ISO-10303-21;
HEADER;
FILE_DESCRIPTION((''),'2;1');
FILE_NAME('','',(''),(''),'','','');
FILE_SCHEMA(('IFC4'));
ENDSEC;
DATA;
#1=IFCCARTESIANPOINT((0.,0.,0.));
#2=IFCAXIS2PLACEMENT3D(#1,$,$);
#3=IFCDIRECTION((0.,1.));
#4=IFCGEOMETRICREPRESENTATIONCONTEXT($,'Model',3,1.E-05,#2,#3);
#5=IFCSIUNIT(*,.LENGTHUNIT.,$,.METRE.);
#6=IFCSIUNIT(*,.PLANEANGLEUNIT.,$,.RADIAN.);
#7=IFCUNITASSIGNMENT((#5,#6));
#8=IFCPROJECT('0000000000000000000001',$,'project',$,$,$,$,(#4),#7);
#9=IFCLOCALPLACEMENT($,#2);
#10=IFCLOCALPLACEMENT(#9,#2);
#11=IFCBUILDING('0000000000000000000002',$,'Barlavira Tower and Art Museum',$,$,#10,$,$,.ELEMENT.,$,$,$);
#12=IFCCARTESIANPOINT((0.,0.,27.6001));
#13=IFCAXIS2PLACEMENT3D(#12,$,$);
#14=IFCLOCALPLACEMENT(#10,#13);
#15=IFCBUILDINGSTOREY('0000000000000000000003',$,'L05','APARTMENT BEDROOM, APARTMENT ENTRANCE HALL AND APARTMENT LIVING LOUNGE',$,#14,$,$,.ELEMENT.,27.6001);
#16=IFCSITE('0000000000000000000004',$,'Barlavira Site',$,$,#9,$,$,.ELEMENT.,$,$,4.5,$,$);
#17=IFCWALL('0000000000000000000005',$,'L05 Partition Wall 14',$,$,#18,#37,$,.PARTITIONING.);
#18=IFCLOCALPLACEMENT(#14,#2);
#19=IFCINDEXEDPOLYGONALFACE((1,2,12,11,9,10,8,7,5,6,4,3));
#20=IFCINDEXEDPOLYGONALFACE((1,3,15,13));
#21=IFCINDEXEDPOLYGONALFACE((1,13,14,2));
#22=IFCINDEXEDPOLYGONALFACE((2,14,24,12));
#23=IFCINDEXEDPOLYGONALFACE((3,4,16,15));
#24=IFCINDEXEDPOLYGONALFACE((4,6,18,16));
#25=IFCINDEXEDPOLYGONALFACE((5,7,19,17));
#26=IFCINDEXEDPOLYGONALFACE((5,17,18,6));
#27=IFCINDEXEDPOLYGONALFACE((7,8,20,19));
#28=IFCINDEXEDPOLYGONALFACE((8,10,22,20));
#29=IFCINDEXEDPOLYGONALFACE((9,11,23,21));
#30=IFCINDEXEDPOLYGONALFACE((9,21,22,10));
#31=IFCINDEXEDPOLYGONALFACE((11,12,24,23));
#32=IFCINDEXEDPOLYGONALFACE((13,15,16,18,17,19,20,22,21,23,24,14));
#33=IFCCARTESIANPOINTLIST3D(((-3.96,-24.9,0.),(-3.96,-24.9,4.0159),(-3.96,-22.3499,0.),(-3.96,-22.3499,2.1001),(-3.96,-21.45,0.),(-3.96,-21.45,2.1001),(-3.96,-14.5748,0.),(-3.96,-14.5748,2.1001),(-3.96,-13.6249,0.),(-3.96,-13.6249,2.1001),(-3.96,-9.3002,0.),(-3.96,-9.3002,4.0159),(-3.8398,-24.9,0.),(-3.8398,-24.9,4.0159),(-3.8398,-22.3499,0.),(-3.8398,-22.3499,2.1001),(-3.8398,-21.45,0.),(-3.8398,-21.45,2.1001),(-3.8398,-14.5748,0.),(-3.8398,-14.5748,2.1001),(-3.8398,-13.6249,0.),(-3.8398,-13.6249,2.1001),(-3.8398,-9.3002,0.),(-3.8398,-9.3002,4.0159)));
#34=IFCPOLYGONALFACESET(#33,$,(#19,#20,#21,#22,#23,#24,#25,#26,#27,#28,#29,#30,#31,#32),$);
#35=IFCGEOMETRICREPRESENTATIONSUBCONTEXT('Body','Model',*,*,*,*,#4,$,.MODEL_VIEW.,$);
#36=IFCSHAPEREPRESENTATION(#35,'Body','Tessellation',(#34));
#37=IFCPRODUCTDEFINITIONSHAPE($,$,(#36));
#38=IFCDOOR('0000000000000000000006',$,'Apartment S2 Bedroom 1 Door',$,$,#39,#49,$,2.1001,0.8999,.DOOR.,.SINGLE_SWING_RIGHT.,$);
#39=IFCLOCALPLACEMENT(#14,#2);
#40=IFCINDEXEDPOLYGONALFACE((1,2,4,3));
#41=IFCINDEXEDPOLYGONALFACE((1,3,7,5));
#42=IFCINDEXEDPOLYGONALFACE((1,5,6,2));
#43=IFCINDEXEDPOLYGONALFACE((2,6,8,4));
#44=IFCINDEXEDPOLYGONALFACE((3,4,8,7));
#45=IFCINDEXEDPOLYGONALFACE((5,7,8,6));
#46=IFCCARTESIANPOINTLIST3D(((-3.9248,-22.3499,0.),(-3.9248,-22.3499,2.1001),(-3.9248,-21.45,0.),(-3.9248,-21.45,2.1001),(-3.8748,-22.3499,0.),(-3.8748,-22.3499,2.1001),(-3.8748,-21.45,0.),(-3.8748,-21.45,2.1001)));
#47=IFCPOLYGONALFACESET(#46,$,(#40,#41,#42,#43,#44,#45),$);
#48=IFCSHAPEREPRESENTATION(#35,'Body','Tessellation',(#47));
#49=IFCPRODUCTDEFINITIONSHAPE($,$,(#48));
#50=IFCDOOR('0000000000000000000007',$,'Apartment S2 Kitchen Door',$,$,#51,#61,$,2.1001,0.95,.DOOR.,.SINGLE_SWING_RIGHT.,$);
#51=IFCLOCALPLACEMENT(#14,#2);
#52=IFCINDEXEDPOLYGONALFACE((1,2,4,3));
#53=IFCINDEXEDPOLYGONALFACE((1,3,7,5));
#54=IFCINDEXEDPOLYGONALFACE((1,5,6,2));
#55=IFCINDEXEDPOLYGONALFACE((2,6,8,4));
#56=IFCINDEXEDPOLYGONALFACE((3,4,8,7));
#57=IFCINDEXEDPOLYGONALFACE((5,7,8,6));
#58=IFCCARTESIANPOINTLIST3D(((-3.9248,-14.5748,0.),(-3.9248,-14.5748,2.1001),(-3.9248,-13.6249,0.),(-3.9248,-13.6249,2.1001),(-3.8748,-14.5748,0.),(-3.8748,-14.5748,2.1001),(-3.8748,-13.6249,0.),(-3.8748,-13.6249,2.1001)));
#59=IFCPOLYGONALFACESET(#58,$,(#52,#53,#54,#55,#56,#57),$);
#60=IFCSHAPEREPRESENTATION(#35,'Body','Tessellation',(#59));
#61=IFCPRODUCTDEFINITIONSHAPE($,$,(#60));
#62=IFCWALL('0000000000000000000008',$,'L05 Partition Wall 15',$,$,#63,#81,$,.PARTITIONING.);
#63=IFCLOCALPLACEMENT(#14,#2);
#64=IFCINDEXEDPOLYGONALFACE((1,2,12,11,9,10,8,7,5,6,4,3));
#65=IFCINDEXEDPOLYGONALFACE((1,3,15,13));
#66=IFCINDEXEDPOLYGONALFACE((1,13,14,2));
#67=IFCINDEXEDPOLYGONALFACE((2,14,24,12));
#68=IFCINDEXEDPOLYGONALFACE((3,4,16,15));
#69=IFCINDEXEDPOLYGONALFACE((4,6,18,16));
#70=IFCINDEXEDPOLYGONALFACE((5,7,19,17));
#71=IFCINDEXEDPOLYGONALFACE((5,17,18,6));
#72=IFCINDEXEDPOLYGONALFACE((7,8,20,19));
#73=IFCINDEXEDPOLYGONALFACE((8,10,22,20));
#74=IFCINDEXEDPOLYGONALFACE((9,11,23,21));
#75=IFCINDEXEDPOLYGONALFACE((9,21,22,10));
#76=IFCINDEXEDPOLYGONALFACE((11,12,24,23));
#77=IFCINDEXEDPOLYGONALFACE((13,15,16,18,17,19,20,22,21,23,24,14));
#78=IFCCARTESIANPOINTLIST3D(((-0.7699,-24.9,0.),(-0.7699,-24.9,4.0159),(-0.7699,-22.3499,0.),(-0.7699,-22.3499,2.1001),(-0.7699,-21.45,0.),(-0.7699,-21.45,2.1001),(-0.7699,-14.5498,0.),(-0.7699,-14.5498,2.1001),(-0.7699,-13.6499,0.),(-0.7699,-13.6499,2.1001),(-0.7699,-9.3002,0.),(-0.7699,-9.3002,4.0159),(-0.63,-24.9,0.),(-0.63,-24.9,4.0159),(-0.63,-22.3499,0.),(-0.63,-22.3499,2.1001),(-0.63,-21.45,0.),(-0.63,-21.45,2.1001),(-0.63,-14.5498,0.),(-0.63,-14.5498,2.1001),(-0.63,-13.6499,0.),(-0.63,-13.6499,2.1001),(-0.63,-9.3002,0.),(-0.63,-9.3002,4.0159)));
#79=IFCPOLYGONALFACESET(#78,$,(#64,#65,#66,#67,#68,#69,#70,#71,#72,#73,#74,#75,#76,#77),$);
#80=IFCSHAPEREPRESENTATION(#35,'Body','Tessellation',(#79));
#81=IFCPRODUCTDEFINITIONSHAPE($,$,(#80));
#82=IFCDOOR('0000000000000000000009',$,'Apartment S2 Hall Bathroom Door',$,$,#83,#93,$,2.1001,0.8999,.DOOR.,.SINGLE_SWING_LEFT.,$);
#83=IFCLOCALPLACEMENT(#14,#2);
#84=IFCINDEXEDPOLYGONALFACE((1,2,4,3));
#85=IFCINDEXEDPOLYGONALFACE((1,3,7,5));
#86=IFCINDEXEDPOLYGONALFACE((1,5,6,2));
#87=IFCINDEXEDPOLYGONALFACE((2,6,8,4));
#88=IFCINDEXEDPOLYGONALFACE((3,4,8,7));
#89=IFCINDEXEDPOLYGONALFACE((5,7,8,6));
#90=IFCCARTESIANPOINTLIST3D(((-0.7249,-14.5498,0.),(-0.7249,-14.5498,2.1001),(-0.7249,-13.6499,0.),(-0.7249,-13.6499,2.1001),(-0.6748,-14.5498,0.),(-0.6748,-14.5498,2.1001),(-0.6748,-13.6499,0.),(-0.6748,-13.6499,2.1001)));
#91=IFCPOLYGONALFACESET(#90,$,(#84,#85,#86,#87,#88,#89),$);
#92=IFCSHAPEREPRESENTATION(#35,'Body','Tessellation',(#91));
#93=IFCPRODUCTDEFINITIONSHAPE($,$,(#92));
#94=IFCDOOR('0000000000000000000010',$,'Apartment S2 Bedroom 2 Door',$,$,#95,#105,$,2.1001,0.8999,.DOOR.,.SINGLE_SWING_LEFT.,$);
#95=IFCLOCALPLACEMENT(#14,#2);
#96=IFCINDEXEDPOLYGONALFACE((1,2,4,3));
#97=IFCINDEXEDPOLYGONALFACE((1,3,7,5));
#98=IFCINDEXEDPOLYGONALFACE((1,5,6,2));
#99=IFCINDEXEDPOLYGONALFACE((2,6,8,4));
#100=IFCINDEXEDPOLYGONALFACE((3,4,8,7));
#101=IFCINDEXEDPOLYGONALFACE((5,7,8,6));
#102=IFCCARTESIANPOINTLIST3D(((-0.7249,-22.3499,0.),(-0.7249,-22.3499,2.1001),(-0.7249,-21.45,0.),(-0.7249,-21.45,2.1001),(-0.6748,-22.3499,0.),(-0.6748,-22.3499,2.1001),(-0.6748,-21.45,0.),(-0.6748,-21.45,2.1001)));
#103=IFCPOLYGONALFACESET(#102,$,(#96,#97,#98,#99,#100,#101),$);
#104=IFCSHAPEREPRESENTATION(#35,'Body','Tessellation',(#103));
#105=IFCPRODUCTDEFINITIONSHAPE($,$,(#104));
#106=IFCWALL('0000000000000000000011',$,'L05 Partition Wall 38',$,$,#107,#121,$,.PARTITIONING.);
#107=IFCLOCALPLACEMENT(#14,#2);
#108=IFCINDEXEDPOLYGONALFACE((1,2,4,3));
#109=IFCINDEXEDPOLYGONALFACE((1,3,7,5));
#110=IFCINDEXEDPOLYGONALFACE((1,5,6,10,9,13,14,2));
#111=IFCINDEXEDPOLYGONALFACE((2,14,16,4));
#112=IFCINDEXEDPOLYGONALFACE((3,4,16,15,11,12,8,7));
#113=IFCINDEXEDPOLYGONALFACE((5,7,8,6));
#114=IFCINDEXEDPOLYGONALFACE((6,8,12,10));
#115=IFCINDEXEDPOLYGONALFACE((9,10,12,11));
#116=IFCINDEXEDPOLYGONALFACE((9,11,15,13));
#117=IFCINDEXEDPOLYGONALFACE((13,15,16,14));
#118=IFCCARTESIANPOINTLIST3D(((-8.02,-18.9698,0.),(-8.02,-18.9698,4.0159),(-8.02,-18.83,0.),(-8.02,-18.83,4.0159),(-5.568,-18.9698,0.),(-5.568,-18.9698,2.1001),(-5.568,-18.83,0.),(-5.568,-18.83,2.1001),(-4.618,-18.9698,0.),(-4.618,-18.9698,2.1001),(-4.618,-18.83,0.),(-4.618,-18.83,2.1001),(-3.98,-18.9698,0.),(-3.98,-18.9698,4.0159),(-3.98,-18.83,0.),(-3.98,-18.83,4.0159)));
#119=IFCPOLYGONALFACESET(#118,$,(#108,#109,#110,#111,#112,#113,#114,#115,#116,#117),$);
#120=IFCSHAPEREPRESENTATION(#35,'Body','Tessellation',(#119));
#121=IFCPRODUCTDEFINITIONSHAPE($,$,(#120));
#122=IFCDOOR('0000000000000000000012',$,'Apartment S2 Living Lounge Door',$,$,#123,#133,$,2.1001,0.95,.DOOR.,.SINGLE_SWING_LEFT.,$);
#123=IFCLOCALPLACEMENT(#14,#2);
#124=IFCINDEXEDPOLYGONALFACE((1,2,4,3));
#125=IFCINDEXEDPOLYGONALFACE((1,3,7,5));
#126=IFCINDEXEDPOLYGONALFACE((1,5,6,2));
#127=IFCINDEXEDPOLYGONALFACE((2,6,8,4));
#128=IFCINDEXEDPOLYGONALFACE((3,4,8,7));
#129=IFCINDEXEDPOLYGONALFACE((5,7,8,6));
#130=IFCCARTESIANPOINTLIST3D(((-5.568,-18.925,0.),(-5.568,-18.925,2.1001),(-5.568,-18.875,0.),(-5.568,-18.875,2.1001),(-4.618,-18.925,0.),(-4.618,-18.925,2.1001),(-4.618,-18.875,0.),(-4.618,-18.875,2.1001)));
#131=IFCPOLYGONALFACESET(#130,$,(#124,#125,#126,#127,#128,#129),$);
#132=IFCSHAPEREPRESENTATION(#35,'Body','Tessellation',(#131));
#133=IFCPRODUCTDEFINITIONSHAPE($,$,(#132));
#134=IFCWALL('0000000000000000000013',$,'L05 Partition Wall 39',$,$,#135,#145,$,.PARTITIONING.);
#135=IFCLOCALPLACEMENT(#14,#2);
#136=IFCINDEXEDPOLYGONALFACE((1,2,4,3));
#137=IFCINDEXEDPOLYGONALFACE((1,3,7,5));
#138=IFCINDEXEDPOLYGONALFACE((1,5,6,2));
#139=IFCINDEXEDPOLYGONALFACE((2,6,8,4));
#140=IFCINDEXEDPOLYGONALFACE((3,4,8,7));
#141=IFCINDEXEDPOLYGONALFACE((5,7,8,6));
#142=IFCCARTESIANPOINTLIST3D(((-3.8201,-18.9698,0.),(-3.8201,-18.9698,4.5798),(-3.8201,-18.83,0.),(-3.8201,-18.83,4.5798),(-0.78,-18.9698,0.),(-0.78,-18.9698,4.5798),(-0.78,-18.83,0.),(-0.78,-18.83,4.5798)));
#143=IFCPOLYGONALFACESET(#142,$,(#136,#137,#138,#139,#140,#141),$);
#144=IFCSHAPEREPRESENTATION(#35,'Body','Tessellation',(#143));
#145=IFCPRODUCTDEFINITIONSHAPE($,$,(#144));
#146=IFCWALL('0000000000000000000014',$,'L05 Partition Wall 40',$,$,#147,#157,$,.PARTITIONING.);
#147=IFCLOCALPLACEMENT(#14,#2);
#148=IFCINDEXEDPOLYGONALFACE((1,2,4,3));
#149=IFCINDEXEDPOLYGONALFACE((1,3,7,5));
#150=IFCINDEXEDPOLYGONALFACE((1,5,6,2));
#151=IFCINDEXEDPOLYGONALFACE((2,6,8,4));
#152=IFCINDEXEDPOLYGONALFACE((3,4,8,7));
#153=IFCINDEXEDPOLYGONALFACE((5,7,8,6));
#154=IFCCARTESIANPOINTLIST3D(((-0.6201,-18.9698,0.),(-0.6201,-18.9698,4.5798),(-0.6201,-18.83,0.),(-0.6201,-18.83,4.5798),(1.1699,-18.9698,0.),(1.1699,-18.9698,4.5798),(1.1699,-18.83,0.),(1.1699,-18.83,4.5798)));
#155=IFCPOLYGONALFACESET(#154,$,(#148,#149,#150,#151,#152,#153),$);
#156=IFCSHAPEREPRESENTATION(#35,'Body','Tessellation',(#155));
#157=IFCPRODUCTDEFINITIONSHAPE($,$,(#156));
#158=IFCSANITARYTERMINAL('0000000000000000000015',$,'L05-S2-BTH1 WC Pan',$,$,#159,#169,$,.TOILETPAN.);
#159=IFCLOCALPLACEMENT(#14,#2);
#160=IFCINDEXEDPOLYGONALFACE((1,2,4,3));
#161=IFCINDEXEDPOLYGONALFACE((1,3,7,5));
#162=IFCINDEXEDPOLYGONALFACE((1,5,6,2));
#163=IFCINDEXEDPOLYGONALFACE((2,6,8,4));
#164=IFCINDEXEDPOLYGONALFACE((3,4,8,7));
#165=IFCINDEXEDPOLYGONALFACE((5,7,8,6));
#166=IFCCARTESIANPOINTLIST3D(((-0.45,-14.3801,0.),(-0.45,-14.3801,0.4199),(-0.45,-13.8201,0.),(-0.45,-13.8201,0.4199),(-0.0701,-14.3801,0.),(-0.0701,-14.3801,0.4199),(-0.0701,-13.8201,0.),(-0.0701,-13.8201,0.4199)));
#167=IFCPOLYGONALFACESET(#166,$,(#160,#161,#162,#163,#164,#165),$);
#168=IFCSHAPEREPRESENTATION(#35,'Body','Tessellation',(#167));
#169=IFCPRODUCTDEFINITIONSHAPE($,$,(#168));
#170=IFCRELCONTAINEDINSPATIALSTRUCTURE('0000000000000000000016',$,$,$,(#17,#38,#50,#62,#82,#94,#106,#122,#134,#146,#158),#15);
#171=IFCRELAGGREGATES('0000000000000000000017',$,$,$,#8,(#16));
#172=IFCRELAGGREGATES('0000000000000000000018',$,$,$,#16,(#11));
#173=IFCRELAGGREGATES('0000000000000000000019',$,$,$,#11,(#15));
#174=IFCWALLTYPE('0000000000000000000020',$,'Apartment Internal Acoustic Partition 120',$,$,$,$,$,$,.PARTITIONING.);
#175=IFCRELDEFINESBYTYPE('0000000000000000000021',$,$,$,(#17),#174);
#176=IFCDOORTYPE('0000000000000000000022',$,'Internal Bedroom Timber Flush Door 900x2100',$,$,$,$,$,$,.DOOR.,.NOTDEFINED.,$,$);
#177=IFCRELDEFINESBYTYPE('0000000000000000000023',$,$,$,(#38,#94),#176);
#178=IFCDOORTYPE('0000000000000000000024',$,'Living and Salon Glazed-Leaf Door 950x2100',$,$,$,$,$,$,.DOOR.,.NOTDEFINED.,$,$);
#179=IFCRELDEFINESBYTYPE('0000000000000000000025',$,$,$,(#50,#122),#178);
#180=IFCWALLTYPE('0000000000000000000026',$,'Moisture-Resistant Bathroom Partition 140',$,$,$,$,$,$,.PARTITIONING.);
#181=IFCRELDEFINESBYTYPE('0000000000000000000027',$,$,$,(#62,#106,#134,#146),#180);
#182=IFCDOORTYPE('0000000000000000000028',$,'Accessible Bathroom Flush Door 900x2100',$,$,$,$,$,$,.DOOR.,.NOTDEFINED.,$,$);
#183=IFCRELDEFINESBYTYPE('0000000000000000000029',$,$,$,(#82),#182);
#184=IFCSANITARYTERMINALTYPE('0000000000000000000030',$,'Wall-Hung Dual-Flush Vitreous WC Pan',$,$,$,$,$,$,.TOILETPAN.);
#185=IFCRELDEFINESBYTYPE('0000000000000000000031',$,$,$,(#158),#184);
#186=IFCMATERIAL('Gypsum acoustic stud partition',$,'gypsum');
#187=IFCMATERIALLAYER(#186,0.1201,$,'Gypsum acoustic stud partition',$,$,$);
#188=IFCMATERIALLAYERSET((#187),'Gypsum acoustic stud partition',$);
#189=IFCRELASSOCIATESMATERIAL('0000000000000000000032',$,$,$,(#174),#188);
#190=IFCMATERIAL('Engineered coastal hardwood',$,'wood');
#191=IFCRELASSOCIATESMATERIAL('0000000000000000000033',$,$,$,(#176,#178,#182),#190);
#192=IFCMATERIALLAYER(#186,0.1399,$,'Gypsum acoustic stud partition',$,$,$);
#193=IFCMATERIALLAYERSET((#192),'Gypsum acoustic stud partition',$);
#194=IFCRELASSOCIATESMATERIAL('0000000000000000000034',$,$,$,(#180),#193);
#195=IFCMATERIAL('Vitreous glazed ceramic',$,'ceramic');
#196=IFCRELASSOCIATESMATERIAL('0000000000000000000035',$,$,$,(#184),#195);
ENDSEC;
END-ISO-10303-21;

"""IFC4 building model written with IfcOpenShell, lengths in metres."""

from ifc_helpers import new_model, si_unit, direction, frame, frame_2d, origin, origin_2d, place, context, subcontext, project, spatial, rectangle, extrude, material, layer, layer_set, type_object, element, fill, save


model = new_model("IFC4")

# Units and contexts
model_context = context("Model", 3, precision=1e-05, world=origin(), true_north=direction((0.0, 1.0)))
body_context = subcontext(model_context, "Body", "Model", "MODEL_VIEW")
ifc_project = project(units=[si_unit("LENGTHUNIT", "METRE"), si_unit("PLANEANGLEUNIT", "RADIAN")], contexts=[model_context])

# Site, building, storey
site_placement = place(None, origin())
site = spatial("IfcSite", under=ifc_project, at=site_placement, Name="Barlavira Site", CompositionType="ELEMENT", RefElevation=4.5)
building_placement = place(site_placement, origin())
building = spatial("IfcBuilding", under=site, at=building_placement, Name="Barlavira Tower and Art Museum", CompositionType="ELEMENT")
storey_placement = place(building_placement, frame((0.0, 0.0, 27.6001)))
storey = spatial("IfcBuildingStorey", under=building, at=storey_placement, Name="L05", Description="APARTMENT BEDROOM, APARTMENT ENTRANCE HALL AND APARTMENT LIVING LOUNGE", CompositionType="ELEMENT", Elevation=27.6001)

# Walls, openings, doors
ifc_material_1 = material(Name="Gypsum acoustic stud partition", Category="gypsum")
ifc_layer_1 = layer(ifc_material_1, 0.1201, Name="Gypsum acoustic stud partition")
ifc_layer_set_1 = layer_set([ifc_layer_1], Name="Gypsum acoustic stud partition")
wall_type_1 = type_object("IfcWallType", Name="Apartment Internal Acoustic Partition 120", PredefinedType="PARTITIONING", material=ifc_layer_set_1)
wall_1_placement = place(storey_placement, frame((-3.8999, -24.8999, 0.0), z_axis=(0.0, 0.0, 1.0), x_axis=(0.0, 1.0, 0.0)))
wall_1 = element("IfcWall", 1, at=wall_1_placement, inside=storey, type_object=wall_type_1, Name="L05 Partition Wall 14", PredefinedType="PARTITIONING", context=body_context, shape_type="SweptSolid", body=[
    extrude(rectangle(XDim=15.5999, YDim=0.1201, at=frame_2d((7.7998, 0.0))), origin(), (0.0, 0.0, 1.0), 4.0159),
])
opening_1_placement = place(wall_1_placement, frame((10.325, 0.0, 0.0)))
opening_1 = element("IfcOpeningElement", 2, at=opening_1_placement, cuts=wall_1, PredefinedType="OPENING", context=body_context, shape_type="SweptSolid", body=[
    extrude(rectangle(XDim=0.95, YDim=2.1001, at=frame_2d((0.4751, 1.05))), frame((0.0, 0.0701, 0.0), z_axis=(0.0, -1.0, 0.0), x_axis=(1.0, 0.0, 0.0)), (0.0, 0.0, 1.0), 0.1401),
])
opening_2_placement = place(wall_1_placement, frame((2.55, 0.0, 0.0)))
opening_2 = element("IfcOpeningElement", 3, at=opening_2_placement, cuts=wall_1, PredefinedType="OPENING", context=body_context, shape_type="SweptSolid", body=[
    extrude(rectangle(XDim=0.8999, YDim=2.1001, at=frame_2d((0.45, 1.05))), frame((0.0, 0.0701, 0.0), z_axis=(0.0, -1.0, 0.0), x_axis=(1.0, 0.0, 0.0)), (0.0, 0.0, 1.0), 0.1401),
])
ifc_material_2 = material(Name="Engineered coastal hardwood", Category="wood")
door_type_1 = type_object("IfcDoorType", Name="Internal Bedroom Timber Flush Door 900x2100", OperationType="NOTDEFINED", PredefinedType="DOOR", material=ifc_material_2)
door_1_placement = place(opening_2_placement, origin())
door_1 = element("IfcDoor", 4, at=door_1_placement, inside=storey, type_object=door_type_1, Name="Apartment S2 Bedroom 1 Door", OperationType="SINGLE_SWING_RIGHT", OverallHeight=2.1001, OverallWidth=0.8999, PredefinedType="DOOR", context=body_context, shape_type="SweptSolid", body=[
    extrude(rectangle(XDim=0.8999, YDim=2.1001, at=frame_2d((0.45, 1.05))), frame((0.0, 0.0249, 0.0), z_axis=(0.0, -1.0, 0.0), x_axis=(1.0, 0.0, 0.0)), (0.0, 0.0, 1.0), 0.05),
])
fill(opening_2, door_1)
door_type_2 = type_object("IfcDoorType", Name="Living and Salon Glazed-Leaf Door 950x2100", OperationType="NOTDEFINED", PredefinedType="DOOR", material=ifc_material_2)
door_2_placement = place(opening_1_placement, origin())
door_2 = element("IfcDoor", 5, at=door_2_placement, inside=storey, type_object=door_type_2, Name="Apartment S2 Kitchen Door", OperationType="SINGLE_SWING_RIGHT", OverallHeight=2.1001, OverallWidth=0.95, PredefinedType="DOOR", context=body_context, shape_type="SweptSolid", body=[
    extrude(rectangle(XDim=0.95, YDim=2.1001, at=frame_2d((0.4751, 1.05))), frame((0.0, 0.0249, 0.0), z_axis=(0.0, -1.0, 0.0), x_axis=(1.0, 0.0, 0.0)), (0.0, 0.0, 1.0), 0.05),
])
fill(opening_1, door_2)
ifc_layer_2 = layer(ifc_material_1, 0.1399, Name="Gypsum acoustic stud partition")
ifc_layer_set_2 = layer_set([ifc_layer_2], Name="Gypsum acoustic stud partition")
wall_type_2 = type_object("IfcWallType", Name="Moisture-Resistant Bathroom Partition 140", PredefinedType="PARTITIONING", material=ifc_layer_set_2)
wall_2_placement = place(storey_placement, frame((-0.7, -24.8999, 0.0), z_axis=(0.0, 0.0, 1.0), x_axis=(0.0, 1.0, 0.0)))
wall_2 = element("IfcWall", 6, at=wall_2_placement, inside=storey, type_object=wall_type_2, Name="L05 Partition Wall 15", PredefinedType="PARTITIONING", context=body_context, shape_type="SweptSolid", body=[
    extrude(rectangle(XDim=15.5999, YDim=0.1399, at=frame_2d((7.7998, 0.0))), origin(), (0.0, 0.0, 1.0), 4.0159),
])
opening_3_placement = place(wall_2_placement, frame((10.3501, 0.0, 0.0)))
opening_3 = element("IfcOpeningElement", 7, at=opening_3_placement, cuts=wall_2, PredefinedType="OPENING", context=body_context, shape_type="SweptSolid", body=[
    extrude(rectangle(XDim=0.8999, YDim=2.1001, at=frame_2d((0.45, 1.05))), frame((0.0, 0.0801, 0.0), z_axis=(0.0, -1.0, 0.0), x_axis=(1.0, 0.0, 0.0)), (0.0, 0.0, 1.0), 0.1599),
])
opening_4_placement = place(wall_2_placement, frame((2.55, 0.0, 0.0)))
opening_4 = element("IfcOpeningElement", 8, at=opening_4_placement, cuts=wall_2, PredefinedType="OPENING", context=body_context, shape_type="SweptSolid", body=[
    extrude(rectangle(XDim=0.8999, YDim=2.1001, at=frame_2d((0.45, 1.05))), frame((0.0, 0.0801, 0.0), z_axis=(0.0, -1.0, 0.0), x_axis=(1.0, 0.0, 0.0)), (0.0, 0.0, 1.0), 0.1599),
])
door_type_3 = type_object("IfcDoorType", Name="Accessible Bathroom Flush Door 900x2100", OperationType="NOTDEFINED", PredefinedType="DOOR", material=ifc_material_2)
door_3_placement = place(opening_3_placement, origin())
door_3 = element("IfcDoor", 9, at=door_3_placement, inside=storey, type_object=door_type_3, Name="Apartment S2 Hall Bathroom Door", OperationType="SINGLE_SWING_LEFT", OverallHeight=2.1001, OverallWidth=0.8999, PredefinedType="DOOR", context=body_context, shape_type="SweptSolid", body=[
    extrude(rectangle(XDim=0.8999, YDim=2.1001, at=frame_2d((0.45, 1.05))), frame((0.0, 0.0249, 0.0), z_axis=(0.0, -1.0, 0.0), x_axis=(1.0, 0.0, 0.0)), (0.0, 0.0, 1.0), 0.05),
])
fill(opening_3, door_3)
door_4_placement = place(opening_4_placement, origin())
door_4 = element("IfcDoor", 10, at=door_4_placement, inside=storey, type_object=door_type_1, Name="Apartment S2 Bedroom 2 Door", OperationType="SINGLE_SWING_LEFT", OverallHeight=2.1001, OverallWidth=0.8999, PredefinedType="DOOR", context=body_context, shape_type="SweptSolid", body=[
    extrude(rectangle(XDim=0.8999, YDim=2.1001, at=frame_2d((0.45, 1.05))), frame((0.0, 0.0249, 0.0), z_axis=(0.0, -1.0, 0.0), x_axis=(1.0, 0.0, 0.0)), (0.0, 0.0, 1.0), 0.05),
])
fill(opening_4, door_4)

# Wall, opening, door
wall_3_placement = place(storey_placement, frame((-8.02, -18.8999, 0.0), z_axis=(0.0, 0.0, 1.0), x_axis=(1.0, 0.0, 0.0)))
wall_3 = element("IfcWall", 11, at=wall_3_placement, inside=storey, type_object=wall_type_2, Name="L05 Partition Wall 38", PredefinedType="PARTITIONING", context=body_context, shape_type="SweptSolid", body=[
    extrude(rectangle(XDim=4.04, YDim=0.1399, at=frame_2d((2.02, 0.0))), origin(), (0.0, 0.0, 1.0), 4.0159),
])
opening_5_placement = place(wall_3_placement, frame((2.4519, 0.0, 0.0)))
opening_5 = element("IfcOpeningElement", 12, at=opening_5_placement, cuts=wall_3, PredefinedType="OPENING", context=body_context, shape_type="SweptSolid", body=[
    extrude(rectangle(XDim=0.95, YDim=2.1001, at=frame_2d((0.4751, 1.05))), frame((0.0, 0.0801, 0.0), z_axis=(0.0, -1.0, 0.0), x_axis=(1.0, 0.0, 0.0)), (0.0, 0.0, 1.0), 0.1599),
])
door_5_placement = place(opening_5_placement, origin())
door_5 = element("IfcDoor", 13, at=door_5_placement, inside=storey, type_object=door_type_2, Name="Apartment S2 Living Lounge Door", OperationType="SINGLE_SWING_LEFT", OverallHeight=2.1001, OverallWidth=0.95, PredefinedType="DOOR", context=body_context, shape_type="SweptSolid", body=[
    extrude(rectangle(XDim=0.95, YDim=2.1001, at=frame_2d((0.4751, 1.05))), frame((0.0, 0.0249, 0.0), z_axis=(0.0, -1.0, 0.0), x_axis=(1.0, 0.0, 0.0)), (0.0, 0.0, 1.0), 0.05),
])
fill(opening_5, door_5)

# Walls
wall_4_placement = place(storey_placement, frame((-3.8201, -18.8999, 0.0), z_axis=(0.0, 0.0, 1.0), x_axis=(1.0, 0.0, 0.0)))
element("IfcWall", 14, at=wall_4_placement, inside=storey, type_object=wall_type_2, Name="L05 Partition Wall 39", PredefinedType="PARTITIONING", context=body_context, shape_type="SweptSolid", body=[
    extrude(rectangle(XDim=3.04, YDim=0.1399, at=frame_2d((1.52, 0.0))), origin(), (0.0, 0.0, 1.0), 4.5798),
])
wall_5_placement = place(storey_placement, frame((-0.6201, -18.8999, 0.0), z_axis=(0.0, 0.0, 1.0), x_axis=(1.0, 0.0, 0.0)))
element("IfcWall", 15, at=wall_5_placement, inside=storey, type_object=wall_type_2, Name="L05 Partition Wall 40", PredefinedType="PARTITIONING", context=body_context, shape_type="SweptSolid", body=[
    extrude(rectangle(XDim=1.79, YDim=0.1399, at=frame_2d((0.895, 0.0))), origin(), (0.0, 0.0, 1.0), 4.5798),
])

# Sanitary terminal
ifc_material_3 = material(Name="Vitreous glazed ceramic", Category="ceramic")
sanitary_terminal_type = type_object("IfcSanitaryTerminalType", Name="Wall-Hung Dual-Flush Vitreous WC Pan", PredefinedType="TOILETPAN", material=ifc_material_3)
sanitary_terminal_placement = place(storey_placement, frame((-0.26, -14.1001, 0.0), z_axis=(0.0, 0.0, 1.0), x_axis=(1.0, 0.0, 0.0)))
element("IfcSanitaryTerminal", 16, at=sanitary_terminal_placement, inside=storey, type_object=sanitary_terminal_type, Name="L05-S2-BTH1 WC Pan", PredefinedType="TOILETPAN", context=body_context, shape_type="SweptSolid", body=[
    extrude(rectangle(XDim=0.3799, YDim=0.5601, at=origin_2d()), origin(), (0.0, 0.0, 1.0), 0.4199),
])

save(model, "model.ifc")
